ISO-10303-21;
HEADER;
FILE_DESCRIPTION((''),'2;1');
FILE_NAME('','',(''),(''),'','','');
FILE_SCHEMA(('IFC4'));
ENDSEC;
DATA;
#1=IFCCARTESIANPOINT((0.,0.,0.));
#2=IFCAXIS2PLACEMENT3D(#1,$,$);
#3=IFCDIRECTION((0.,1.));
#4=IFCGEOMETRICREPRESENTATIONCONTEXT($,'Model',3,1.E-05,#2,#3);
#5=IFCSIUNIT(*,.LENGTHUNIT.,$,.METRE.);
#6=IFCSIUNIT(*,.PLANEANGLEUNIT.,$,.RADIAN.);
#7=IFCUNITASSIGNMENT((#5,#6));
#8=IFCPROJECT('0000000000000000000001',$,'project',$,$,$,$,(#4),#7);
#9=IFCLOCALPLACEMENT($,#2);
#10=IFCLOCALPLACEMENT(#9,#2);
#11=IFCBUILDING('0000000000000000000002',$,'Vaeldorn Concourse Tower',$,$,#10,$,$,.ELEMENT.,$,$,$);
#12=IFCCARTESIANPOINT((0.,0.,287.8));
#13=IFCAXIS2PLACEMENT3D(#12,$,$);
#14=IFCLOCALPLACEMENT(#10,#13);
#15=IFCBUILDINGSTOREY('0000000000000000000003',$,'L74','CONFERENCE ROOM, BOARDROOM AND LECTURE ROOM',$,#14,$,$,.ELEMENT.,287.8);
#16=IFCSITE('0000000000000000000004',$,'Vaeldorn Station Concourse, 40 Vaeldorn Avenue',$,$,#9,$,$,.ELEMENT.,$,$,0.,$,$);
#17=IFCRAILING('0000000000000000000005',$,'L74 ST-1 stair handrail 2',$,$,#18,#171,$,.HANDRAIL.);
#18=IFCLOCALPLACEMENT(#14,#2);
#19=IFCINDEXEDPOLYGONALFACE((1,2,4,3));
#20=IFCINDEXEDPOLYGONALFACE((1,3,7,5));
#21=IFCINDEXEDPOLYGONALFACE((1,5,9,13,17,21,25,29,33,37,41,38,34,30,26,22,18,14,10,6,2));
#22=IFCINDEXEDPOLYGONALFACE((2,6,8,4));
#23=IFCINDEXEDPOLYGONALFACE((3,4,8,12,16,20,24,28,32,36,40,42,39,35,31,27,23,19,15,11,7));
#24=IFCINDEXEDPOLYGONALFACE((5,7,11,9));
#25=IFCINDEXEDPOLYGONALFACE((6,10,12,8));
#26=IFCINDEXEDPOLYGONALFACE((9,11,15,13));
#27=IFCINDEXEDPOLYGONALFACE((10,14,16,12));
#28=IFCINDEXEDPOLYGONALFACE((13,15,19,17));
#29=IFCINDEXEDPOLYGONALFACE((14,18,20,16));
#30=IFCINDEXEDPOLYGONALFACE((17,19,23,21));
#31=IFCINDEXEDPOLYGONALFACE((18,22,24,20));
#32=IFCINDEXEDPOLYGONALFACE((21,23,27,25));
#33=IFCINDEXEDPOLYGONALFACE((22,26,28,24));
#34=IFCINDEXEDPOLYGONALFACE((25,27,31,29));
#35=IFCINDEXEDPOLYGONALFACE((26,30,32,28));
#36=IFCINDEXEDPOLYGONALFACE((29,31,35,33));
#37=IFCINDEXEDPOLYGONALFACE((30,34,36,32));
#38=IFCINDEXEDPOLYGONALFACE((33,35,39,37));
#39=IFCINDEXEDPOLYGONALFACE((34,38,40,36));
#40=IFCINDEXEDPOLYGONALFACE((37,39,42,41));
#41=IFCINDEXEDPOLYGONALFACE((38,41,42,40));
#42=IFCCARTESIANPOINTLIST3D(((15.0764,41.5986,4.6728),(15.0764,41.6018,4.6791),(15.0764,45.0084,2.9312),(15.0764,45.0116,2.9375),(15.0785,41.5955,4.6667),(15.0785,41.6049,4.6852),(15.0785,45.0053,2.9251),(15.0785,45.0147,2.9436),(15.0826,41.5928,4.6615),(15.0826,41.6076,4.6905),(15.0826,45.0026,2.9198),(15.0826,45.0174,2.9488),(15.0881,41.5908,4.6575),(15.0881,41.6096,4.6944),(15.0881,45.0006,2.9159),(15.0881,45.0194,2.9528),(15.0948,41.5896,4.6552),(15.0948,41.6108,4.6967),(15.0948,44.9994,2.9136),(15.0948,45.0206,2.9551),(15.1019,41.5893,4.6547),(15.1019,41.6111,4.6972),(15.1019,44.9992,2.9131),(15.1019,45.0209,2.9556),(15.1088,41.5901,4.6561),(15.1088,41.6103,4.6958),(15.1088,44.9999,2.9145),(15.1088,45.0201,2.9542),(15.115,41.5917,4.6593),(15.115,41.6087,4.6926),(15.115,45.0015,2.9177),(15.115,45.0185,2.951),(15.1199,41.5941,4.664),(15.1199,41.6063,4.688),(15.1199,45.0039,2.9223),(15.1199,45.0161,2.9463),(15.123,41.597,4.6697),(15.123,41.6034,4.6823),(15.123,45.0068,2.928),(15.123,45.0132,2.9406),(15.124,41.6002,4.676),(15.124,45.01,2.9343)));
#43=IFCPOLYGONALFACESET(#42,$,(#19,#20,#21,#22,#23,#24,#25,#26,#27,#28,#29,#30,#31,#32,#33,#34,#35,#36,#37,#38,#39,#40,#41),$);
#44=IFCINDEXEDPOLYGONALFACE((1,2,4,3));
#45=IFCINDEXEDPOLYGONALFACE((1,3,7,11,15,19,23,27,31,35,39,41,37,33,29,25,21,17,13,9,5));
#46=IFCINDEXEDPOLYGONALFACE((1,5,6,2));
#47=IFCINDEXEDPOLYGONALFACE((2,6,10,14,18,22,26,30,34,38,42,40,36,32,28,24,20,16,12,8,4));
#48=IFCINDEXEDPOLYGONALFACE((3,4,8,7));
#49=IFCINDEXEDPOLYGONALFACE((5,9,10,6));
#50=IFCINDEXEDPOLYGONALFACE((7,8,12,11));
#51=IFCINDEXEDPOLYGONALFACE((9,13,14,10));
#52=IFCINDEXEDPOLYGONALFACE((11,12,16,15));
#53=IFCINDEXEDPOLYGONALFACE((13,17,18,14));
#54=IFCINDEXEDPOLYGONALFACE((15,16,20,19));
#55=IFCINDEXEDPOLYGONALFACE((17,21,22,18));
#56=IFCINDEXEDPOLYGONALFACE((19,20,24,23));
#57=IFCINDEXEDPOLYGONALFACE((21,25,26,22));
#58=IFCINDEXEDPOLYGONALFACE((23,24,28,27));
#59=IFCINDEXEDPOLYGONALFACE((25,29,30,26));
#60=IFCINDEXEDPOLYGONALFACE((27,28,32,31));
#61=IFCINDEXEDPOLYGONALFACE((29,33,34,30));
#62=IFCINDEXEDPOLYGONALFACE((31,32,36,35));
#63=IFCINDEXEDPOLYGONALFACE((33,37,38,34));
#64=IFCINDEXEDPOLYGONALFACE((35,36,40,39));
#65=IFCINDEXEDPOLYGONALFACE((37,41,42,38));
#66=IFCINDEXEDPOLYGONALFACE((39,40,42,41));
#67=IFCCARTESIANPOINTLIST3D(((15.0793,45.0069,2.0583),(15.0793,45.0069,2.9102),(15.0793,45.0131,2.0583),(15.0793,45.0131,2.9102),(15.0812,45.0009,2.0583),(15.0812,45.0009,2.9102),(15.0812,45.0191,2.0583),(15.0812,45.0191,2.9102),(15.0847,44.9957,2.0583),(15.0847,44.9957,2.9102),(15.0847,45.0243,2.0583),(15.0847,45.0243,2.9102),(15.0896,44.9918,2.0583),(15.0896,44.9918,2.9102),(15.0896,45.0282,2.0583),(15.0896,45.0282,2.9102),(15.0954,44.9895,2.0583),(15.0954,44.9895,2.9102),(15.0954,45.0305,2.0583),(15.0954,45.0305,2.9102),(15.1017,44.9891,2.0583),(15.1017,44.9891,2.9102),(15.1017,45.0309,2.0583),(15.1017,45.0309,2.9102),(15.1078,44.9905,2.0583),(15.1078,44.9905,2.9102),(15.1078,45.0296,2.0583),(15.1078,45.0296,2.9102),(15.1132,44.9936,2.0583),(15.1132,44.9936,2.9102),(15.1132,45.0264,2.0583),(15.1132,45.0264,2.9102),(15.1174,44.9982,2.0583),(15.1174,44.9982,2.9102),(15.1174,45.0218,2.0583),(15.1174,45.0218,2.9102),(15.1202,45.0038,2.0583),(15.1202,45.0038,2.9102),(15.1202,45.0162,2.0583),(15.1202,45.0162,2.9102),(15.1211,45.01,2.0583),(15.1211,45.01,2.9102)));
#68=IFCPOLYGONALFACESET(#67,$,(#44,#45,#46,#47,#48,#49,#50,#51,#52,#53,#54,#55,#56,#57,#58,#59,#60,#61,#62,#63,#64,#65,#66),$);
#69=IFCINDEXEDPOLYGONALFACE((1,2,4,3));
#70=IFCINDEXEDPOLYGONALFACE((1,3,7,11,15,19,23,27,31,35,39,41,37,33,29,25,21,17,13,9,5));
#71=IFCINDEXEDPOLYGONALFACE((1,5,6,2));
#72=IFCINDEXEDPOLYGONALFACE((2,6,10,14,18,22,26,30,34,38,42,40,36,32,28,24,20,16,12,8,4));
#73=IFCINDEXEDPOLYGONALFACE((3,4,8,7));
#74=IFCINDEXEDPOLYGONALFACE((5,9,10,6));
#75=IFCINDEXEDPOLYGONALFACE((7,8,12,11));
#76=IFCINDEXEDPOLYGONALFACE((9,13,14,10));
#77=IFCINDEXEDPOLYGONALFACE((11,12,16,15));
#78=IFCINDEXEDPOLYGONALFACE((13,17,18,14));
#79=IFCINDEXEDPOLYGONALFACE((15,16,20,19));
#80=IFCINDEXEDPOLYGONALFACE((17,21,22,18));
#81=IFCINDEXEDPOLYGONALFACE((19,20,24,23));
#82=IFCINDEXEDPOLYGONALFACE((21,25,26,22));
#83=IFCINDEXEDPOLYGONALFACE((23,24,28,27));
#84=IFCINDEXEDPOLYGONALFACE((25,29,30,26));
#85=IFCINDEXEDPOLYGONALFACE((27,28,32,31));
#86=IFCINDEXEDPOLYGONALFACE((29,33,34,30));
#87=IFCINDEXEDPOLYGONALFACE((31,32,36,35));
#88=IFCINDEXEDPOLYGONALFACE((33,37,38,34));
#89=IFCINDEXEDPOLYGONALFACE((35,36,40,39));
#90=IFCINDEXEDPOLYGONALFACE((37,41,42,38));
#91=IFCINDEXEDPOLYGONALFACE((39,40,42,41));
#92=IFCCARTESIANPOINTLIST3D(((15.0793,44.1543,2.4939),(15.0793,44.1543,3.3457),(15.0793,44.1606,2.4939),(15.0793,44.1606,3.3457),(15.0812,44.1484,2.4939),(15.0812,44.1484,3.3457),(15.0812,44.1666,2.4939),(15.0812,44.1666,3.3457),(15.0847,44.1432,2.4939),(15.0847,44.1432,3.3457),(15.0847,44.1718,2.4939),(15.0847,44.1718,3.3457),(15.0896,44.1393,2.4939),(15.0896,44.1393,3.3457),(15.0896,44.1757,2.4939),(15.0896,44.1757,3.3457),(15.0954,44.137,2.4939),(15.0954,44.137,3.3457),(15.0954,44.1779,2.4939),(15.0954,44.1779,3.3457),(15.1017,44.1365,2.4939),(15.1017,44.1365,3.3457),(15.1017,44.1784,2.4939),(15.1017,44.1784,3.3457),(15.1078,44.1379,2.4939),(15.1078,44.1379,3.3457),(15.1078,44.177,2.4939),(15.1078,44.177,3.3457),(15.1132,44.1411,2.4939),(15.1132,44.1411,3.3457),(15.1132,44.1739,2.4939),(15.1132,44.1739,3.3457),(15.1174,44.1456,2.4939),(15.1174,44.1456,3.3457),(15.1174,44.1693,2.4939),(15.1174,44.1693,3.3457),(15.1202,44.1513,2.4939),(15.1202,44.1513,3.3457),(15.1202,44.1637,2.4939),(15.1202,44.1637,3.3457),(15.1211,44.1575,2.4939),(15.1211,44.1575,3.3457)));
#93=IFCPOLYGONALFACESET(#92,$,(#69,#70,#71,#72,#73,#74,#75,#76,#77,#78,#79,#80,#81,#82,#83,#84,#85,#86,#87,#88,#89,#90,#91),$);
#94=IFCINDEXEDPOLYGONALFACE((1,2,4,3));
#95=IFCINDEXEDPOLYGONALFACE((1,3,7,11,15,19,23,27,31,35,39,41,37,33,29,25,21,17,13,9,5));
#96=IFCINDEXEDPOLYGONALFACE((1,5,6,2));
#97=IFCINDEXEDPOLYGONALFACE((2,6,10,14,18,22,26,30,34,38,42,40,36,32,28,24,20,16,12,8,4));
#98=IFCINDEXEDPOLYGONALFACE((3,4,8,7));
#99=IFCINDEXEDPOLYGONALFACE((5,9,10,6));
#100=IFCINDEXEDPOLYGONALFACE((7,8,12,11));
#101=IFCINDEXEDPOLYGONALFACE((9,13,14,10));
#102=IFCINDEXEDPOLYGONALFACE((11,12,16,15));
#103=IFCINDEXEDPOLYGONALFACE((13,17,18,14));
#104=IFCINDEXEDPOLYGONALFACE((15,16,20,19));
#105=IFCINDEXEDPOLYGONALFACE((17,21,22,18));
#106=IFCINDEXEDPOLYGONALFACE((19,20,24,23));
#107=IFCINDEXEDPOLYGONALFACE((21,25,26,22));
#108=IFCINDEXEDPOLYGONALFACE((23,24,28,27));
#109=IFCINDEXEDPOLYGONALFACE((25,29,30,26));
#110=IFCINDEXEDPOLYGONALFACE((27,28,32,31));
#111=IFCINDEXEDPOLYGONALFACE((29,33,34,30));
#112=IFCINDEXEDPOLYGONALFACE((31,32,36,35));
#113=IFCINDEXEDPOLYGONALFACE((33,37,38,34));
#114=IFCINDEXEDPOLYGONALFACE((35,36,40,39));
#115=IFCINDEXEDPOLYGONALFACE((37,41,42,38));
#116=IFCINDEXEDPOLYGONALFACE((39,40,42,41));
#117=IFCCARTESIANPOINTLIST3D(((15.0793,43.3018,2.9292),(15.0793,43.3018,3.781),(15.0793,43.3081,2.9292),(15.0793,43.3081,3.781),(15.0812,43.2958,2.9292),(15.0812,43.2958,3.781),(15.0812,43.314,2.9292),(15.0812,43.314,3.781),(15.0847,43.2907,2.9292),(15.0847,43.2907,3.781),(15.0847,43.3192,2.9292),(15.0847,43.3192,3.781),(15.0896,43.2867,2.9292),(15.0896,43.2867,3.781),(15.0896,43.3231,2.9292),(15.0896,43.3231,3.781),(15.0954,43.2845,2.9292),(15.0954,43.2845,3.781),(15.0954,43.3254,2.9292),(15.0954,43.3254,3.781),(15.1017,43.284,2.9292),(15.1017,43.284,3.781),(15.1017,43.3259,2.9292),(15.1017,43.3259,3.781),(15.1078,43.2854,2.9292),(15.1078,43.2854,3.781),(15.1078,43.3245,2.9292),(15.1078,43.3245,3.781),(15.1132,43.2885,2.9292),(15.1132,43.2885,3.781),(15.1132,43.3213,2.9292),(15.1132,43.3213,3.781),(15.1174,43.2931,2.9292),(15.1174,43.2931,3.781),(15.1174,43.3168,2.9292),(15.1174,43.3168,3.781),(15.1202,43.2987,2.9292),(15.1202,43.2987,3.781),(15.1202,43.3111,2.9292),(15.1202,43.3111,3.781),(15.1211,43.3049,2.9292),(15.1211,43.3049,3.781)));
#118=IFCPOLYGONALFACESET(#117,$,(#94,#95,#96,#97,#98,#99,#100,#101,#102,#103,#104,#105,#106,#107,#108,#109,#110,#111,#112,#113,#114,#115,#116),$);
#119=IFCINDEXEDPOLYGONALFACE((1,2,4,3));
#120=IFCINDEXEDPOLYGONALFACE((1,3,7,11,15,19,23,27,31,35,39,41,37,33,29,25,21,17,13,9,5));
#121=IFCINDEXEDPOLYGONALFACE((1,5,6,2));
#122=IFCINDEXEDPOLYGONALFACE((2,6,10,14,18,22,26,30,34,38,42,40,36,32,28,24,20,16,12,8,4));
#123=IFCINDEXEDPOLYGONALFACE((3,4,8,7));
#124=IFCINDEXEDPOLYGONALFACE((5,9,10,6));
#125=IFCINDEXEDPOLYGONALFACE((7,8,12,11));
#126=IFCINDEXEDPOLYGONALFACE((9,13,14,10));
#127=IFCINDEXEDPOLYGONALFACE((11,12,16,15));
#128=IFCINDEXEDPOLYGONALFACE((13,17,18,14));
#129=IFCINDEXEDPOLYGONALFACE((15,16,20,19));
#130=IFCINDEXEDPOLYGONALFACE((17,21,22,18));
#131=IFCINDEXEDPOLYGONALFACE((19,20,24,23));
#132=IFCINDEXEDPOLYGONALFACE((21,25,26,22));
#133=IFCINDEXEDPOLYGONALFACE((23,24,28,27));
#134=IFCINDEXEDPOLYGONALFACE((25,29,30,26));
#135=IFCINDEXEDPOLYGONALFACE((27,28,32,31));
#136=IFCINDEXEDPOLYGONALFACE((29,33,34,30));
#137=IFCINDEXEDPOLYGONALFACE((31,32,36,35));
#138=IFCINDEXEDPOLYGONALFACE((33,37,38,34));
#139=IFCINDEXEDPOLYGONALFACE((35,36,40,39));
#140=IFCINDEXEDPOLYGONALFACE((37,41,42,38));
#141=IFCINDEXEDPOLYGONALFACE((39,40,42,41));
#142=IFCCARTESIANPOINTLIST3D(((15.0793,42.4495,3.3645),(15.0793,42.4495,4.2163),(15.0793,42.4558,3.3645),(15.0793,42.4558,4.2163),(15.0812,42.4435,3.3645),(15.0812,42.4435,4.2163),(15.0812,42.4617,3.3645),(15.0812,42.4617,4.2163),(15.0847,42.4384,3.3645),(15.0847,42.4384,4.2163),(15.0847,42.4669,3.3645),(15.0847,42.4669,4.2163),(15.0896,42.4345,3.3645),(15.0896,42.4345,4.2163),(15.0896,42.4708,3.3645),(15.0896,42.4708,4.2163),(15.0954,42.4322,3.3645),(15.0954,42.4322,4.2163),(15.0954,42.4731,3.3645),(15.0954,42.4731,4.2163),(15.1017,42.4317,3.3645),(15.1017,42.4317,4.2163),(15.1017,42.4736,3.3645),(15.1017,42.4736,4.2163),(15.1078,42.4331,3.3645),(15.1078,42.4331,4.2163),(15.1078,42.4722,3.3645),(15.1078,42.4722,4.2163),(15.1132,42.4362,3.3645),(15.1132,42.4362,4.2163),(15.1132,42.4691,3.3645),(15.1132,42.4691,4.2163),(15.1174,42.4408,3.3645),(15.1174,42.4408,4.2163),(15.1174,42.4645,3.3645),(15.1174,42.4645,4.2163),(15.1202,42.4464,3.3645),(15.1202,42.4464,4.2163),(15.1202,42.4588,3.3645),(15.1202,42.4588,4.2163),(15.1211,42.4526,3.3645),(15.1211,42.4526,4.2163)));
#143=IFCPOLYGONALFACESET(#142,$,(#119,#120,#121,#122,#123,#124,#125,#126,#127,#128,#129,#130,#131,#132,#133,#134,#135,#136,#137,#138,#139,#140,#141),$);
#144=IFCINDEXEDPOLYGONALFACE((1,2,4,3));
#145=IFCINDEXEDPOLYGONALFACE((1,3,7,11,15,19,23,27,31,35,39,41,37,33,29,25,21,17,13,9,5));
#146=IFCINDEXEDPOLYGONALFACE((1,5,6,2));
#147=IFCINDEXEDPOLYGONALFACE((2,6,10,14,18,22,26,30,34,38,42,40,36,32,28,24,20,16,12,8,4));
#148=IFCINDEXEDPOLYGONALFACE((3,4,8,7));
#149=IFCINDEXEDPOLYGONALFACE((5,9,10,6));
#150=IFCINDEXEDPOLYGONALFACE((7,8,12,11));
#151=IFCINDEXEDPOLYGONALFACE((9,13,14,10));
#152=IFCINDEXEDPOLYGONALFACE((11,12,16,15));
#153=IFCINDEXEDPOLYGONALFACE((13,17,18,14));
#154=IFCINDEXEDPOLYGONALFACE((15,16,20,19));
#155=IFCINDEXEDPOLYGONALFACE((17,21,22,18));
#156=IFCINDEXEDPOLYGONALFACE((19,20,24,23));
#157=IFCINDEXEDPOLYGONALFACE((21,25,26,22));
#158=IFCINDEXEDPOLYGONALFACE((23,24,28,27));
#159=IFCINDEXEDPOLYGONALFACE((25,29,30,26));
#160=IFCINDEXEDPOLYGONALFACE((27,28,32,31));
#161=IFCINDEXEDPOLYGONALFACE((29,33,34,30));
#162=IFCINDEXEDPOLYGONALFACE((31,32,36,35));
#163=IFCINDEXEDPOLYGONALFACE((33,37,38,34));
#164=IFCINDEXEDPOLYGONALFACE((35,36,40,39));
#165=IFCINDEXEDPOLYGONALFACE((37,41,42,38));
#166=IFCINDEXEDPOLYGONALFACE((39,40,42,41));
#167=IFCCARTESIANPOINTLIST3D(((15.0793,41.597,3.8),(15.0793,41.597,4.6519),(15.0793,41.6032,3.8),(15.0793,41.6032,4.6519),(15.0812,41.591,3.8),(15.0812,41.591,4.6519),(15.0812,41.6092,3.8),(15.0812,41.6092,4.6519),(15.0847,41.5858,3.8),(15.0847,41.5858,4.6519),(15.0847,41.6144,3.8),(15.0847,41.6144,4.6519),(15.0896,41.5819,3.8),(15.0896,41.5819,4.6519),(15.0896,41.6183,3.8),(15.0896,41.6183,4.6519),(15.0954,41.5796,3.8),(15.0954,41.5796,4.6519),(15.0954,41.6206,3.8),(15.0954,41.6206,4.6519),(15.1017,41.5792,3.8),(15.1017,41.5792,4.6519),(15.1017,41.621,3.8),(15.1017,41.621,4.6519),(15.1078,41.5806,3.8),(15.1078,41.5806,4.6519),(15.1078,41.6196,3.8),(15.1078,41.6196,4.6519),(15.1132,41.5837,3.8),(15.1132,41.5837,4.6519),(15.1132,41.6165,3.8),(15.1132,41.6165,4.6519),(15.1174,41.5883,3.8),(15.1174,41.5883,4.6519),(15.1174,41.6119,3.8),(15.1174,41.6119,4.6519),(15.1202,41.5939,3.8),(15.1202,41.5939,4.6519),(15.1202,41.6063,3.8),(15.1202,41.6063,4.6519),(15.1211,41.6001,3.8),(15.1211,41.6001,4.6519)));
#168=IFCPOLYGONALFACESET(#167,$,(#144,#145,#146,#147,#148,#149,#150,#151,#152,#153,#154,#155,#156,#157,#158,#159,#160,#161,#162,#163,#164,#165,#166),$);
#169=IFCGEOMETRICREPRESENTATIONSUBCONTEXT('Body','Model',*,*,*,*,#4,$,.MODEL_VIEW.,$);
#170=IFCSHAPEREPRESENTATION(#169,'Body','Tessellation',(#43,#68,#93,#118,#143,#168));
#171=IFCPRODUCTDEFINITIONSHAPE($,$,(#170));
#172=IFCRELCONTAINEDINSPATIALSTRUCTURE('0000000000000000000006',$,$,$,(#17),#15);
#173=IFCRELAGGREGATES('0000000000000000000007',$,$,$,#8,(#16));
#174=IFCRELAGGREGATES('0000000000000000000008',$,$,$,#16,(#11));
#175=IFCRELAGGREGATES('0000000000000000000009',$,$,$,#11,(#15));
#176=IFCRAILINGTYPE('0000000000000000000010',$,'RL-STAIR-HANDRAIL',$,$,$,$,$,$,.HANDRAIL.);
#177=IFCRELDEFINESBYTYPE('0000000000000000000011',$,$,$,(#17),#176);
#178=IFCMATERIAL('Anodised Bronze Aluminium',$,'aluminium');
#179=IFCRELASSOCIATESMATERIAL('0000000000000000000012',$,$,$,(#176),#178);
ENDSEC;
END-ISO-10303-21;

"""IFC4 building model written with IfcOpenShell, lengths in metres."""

from ifc_helpers import new_model, si_unit, direction, frame, origin, origin_2d, place, context, subcontext, project, spatial, circle, extrude, material, type_object, element, save


model = new_model("IFC4")

# Units and contexts
model_context = context("Model", 3, precision=1e-05, world=origin(), true_north=direction((0.0, 1.0)))
body_context = subcontext(model_context, "Body", "Model", "MODEL_VIEW")
ifc_project = project(units=[si_unit("LENGTHUNIT", "METRE"), si_unit("PLANEANGLEUNIT", "RADIAN")], contexts=[model_context])

# Site, building, storey
site_placement = place(None, origin())
site = spatial("IfcSite", under=ifc_project, at=site_placement, Name="Vaeldorn Station Concourse, 40 Vaeldorn Avenue", CompositionType="ELEMENT", RefElevation=0.0)
building_placement = place(site_placement, origin())
building = spatial("IfcBuilding", under=site, at=building_placement, Name="Vaeldorn Concourse Tower", CompositionType="ELEMENT")
storey_placement = place(building_placement, frame((0.0, 0.0, 287.8)))
storey = spatial("IfcBuildingStorey", under=building, at=storey_placement, Name="L74", Description="CONFERENCE ROOM, BOARDROOM AND LECTURE ROOM", CompositionType="ELEMENT", Elevation=287.8)

# Shared definitions
ifc_material_1 = material(Name="Anodised Bronze Aluminium", Category="aluminium")

# Railing
railing_type_1 = type_object("IfcRailingType", Name="RL-STAIR-HANDRAIL", PredefinedType="HANDRAIL", material=ifc_material_1)
railing_1_placement = place(storey_placement, frame((15.1001, 45.01, 2.0583)))
element("IfcRailing", 1, at=railing_1_placement, inside=storey, type_object=railing_type_1, Name="L74 ST-1 stair handrail 2", PredefinedType="HANDRAIL", context=body_context, shape_type="SweptSolid", body=[
    extrude(circle(Radius=0.0239, at=origin_2d()), frame((0.0, 0.0, 0.876), z_axis=(0.0, -0.890556, 0.454874), x_axis=(1.0, 0.0, 0.0)), (0.0, 0.0, 1.0), 3.8289),
    extrude(circle(Radius=0.021, at=origin_2d()), origin(), (0.0, 0.0, 1.0), 0.8518),
    extrude(circle(Radius=0.021, at=origin_2d()), frame((0.0, -0.8525, 0.4355)), (0.0, 0.0, 1.0), 0.8518),
    extrude(circle(Radius=0.021, at=origin_2d()), frame((0.0, -1.7051, 0.8708)), (0.0, 0.0, 1.0), 0.8518),
    extrude(circle(Radius=0.021, at=origin_2d()), frame((0.0, -2.5574, 1.3062)), (0.0, 0.0, 1.0), 0.8518),
    extrude(circle(Radius=0.021, at=origin_2d()), frame((0.0, -3.4099, 1.7417)), (0.0, 0.0, 1.0), 0.8518),
])

save(model, "model.ifc")
